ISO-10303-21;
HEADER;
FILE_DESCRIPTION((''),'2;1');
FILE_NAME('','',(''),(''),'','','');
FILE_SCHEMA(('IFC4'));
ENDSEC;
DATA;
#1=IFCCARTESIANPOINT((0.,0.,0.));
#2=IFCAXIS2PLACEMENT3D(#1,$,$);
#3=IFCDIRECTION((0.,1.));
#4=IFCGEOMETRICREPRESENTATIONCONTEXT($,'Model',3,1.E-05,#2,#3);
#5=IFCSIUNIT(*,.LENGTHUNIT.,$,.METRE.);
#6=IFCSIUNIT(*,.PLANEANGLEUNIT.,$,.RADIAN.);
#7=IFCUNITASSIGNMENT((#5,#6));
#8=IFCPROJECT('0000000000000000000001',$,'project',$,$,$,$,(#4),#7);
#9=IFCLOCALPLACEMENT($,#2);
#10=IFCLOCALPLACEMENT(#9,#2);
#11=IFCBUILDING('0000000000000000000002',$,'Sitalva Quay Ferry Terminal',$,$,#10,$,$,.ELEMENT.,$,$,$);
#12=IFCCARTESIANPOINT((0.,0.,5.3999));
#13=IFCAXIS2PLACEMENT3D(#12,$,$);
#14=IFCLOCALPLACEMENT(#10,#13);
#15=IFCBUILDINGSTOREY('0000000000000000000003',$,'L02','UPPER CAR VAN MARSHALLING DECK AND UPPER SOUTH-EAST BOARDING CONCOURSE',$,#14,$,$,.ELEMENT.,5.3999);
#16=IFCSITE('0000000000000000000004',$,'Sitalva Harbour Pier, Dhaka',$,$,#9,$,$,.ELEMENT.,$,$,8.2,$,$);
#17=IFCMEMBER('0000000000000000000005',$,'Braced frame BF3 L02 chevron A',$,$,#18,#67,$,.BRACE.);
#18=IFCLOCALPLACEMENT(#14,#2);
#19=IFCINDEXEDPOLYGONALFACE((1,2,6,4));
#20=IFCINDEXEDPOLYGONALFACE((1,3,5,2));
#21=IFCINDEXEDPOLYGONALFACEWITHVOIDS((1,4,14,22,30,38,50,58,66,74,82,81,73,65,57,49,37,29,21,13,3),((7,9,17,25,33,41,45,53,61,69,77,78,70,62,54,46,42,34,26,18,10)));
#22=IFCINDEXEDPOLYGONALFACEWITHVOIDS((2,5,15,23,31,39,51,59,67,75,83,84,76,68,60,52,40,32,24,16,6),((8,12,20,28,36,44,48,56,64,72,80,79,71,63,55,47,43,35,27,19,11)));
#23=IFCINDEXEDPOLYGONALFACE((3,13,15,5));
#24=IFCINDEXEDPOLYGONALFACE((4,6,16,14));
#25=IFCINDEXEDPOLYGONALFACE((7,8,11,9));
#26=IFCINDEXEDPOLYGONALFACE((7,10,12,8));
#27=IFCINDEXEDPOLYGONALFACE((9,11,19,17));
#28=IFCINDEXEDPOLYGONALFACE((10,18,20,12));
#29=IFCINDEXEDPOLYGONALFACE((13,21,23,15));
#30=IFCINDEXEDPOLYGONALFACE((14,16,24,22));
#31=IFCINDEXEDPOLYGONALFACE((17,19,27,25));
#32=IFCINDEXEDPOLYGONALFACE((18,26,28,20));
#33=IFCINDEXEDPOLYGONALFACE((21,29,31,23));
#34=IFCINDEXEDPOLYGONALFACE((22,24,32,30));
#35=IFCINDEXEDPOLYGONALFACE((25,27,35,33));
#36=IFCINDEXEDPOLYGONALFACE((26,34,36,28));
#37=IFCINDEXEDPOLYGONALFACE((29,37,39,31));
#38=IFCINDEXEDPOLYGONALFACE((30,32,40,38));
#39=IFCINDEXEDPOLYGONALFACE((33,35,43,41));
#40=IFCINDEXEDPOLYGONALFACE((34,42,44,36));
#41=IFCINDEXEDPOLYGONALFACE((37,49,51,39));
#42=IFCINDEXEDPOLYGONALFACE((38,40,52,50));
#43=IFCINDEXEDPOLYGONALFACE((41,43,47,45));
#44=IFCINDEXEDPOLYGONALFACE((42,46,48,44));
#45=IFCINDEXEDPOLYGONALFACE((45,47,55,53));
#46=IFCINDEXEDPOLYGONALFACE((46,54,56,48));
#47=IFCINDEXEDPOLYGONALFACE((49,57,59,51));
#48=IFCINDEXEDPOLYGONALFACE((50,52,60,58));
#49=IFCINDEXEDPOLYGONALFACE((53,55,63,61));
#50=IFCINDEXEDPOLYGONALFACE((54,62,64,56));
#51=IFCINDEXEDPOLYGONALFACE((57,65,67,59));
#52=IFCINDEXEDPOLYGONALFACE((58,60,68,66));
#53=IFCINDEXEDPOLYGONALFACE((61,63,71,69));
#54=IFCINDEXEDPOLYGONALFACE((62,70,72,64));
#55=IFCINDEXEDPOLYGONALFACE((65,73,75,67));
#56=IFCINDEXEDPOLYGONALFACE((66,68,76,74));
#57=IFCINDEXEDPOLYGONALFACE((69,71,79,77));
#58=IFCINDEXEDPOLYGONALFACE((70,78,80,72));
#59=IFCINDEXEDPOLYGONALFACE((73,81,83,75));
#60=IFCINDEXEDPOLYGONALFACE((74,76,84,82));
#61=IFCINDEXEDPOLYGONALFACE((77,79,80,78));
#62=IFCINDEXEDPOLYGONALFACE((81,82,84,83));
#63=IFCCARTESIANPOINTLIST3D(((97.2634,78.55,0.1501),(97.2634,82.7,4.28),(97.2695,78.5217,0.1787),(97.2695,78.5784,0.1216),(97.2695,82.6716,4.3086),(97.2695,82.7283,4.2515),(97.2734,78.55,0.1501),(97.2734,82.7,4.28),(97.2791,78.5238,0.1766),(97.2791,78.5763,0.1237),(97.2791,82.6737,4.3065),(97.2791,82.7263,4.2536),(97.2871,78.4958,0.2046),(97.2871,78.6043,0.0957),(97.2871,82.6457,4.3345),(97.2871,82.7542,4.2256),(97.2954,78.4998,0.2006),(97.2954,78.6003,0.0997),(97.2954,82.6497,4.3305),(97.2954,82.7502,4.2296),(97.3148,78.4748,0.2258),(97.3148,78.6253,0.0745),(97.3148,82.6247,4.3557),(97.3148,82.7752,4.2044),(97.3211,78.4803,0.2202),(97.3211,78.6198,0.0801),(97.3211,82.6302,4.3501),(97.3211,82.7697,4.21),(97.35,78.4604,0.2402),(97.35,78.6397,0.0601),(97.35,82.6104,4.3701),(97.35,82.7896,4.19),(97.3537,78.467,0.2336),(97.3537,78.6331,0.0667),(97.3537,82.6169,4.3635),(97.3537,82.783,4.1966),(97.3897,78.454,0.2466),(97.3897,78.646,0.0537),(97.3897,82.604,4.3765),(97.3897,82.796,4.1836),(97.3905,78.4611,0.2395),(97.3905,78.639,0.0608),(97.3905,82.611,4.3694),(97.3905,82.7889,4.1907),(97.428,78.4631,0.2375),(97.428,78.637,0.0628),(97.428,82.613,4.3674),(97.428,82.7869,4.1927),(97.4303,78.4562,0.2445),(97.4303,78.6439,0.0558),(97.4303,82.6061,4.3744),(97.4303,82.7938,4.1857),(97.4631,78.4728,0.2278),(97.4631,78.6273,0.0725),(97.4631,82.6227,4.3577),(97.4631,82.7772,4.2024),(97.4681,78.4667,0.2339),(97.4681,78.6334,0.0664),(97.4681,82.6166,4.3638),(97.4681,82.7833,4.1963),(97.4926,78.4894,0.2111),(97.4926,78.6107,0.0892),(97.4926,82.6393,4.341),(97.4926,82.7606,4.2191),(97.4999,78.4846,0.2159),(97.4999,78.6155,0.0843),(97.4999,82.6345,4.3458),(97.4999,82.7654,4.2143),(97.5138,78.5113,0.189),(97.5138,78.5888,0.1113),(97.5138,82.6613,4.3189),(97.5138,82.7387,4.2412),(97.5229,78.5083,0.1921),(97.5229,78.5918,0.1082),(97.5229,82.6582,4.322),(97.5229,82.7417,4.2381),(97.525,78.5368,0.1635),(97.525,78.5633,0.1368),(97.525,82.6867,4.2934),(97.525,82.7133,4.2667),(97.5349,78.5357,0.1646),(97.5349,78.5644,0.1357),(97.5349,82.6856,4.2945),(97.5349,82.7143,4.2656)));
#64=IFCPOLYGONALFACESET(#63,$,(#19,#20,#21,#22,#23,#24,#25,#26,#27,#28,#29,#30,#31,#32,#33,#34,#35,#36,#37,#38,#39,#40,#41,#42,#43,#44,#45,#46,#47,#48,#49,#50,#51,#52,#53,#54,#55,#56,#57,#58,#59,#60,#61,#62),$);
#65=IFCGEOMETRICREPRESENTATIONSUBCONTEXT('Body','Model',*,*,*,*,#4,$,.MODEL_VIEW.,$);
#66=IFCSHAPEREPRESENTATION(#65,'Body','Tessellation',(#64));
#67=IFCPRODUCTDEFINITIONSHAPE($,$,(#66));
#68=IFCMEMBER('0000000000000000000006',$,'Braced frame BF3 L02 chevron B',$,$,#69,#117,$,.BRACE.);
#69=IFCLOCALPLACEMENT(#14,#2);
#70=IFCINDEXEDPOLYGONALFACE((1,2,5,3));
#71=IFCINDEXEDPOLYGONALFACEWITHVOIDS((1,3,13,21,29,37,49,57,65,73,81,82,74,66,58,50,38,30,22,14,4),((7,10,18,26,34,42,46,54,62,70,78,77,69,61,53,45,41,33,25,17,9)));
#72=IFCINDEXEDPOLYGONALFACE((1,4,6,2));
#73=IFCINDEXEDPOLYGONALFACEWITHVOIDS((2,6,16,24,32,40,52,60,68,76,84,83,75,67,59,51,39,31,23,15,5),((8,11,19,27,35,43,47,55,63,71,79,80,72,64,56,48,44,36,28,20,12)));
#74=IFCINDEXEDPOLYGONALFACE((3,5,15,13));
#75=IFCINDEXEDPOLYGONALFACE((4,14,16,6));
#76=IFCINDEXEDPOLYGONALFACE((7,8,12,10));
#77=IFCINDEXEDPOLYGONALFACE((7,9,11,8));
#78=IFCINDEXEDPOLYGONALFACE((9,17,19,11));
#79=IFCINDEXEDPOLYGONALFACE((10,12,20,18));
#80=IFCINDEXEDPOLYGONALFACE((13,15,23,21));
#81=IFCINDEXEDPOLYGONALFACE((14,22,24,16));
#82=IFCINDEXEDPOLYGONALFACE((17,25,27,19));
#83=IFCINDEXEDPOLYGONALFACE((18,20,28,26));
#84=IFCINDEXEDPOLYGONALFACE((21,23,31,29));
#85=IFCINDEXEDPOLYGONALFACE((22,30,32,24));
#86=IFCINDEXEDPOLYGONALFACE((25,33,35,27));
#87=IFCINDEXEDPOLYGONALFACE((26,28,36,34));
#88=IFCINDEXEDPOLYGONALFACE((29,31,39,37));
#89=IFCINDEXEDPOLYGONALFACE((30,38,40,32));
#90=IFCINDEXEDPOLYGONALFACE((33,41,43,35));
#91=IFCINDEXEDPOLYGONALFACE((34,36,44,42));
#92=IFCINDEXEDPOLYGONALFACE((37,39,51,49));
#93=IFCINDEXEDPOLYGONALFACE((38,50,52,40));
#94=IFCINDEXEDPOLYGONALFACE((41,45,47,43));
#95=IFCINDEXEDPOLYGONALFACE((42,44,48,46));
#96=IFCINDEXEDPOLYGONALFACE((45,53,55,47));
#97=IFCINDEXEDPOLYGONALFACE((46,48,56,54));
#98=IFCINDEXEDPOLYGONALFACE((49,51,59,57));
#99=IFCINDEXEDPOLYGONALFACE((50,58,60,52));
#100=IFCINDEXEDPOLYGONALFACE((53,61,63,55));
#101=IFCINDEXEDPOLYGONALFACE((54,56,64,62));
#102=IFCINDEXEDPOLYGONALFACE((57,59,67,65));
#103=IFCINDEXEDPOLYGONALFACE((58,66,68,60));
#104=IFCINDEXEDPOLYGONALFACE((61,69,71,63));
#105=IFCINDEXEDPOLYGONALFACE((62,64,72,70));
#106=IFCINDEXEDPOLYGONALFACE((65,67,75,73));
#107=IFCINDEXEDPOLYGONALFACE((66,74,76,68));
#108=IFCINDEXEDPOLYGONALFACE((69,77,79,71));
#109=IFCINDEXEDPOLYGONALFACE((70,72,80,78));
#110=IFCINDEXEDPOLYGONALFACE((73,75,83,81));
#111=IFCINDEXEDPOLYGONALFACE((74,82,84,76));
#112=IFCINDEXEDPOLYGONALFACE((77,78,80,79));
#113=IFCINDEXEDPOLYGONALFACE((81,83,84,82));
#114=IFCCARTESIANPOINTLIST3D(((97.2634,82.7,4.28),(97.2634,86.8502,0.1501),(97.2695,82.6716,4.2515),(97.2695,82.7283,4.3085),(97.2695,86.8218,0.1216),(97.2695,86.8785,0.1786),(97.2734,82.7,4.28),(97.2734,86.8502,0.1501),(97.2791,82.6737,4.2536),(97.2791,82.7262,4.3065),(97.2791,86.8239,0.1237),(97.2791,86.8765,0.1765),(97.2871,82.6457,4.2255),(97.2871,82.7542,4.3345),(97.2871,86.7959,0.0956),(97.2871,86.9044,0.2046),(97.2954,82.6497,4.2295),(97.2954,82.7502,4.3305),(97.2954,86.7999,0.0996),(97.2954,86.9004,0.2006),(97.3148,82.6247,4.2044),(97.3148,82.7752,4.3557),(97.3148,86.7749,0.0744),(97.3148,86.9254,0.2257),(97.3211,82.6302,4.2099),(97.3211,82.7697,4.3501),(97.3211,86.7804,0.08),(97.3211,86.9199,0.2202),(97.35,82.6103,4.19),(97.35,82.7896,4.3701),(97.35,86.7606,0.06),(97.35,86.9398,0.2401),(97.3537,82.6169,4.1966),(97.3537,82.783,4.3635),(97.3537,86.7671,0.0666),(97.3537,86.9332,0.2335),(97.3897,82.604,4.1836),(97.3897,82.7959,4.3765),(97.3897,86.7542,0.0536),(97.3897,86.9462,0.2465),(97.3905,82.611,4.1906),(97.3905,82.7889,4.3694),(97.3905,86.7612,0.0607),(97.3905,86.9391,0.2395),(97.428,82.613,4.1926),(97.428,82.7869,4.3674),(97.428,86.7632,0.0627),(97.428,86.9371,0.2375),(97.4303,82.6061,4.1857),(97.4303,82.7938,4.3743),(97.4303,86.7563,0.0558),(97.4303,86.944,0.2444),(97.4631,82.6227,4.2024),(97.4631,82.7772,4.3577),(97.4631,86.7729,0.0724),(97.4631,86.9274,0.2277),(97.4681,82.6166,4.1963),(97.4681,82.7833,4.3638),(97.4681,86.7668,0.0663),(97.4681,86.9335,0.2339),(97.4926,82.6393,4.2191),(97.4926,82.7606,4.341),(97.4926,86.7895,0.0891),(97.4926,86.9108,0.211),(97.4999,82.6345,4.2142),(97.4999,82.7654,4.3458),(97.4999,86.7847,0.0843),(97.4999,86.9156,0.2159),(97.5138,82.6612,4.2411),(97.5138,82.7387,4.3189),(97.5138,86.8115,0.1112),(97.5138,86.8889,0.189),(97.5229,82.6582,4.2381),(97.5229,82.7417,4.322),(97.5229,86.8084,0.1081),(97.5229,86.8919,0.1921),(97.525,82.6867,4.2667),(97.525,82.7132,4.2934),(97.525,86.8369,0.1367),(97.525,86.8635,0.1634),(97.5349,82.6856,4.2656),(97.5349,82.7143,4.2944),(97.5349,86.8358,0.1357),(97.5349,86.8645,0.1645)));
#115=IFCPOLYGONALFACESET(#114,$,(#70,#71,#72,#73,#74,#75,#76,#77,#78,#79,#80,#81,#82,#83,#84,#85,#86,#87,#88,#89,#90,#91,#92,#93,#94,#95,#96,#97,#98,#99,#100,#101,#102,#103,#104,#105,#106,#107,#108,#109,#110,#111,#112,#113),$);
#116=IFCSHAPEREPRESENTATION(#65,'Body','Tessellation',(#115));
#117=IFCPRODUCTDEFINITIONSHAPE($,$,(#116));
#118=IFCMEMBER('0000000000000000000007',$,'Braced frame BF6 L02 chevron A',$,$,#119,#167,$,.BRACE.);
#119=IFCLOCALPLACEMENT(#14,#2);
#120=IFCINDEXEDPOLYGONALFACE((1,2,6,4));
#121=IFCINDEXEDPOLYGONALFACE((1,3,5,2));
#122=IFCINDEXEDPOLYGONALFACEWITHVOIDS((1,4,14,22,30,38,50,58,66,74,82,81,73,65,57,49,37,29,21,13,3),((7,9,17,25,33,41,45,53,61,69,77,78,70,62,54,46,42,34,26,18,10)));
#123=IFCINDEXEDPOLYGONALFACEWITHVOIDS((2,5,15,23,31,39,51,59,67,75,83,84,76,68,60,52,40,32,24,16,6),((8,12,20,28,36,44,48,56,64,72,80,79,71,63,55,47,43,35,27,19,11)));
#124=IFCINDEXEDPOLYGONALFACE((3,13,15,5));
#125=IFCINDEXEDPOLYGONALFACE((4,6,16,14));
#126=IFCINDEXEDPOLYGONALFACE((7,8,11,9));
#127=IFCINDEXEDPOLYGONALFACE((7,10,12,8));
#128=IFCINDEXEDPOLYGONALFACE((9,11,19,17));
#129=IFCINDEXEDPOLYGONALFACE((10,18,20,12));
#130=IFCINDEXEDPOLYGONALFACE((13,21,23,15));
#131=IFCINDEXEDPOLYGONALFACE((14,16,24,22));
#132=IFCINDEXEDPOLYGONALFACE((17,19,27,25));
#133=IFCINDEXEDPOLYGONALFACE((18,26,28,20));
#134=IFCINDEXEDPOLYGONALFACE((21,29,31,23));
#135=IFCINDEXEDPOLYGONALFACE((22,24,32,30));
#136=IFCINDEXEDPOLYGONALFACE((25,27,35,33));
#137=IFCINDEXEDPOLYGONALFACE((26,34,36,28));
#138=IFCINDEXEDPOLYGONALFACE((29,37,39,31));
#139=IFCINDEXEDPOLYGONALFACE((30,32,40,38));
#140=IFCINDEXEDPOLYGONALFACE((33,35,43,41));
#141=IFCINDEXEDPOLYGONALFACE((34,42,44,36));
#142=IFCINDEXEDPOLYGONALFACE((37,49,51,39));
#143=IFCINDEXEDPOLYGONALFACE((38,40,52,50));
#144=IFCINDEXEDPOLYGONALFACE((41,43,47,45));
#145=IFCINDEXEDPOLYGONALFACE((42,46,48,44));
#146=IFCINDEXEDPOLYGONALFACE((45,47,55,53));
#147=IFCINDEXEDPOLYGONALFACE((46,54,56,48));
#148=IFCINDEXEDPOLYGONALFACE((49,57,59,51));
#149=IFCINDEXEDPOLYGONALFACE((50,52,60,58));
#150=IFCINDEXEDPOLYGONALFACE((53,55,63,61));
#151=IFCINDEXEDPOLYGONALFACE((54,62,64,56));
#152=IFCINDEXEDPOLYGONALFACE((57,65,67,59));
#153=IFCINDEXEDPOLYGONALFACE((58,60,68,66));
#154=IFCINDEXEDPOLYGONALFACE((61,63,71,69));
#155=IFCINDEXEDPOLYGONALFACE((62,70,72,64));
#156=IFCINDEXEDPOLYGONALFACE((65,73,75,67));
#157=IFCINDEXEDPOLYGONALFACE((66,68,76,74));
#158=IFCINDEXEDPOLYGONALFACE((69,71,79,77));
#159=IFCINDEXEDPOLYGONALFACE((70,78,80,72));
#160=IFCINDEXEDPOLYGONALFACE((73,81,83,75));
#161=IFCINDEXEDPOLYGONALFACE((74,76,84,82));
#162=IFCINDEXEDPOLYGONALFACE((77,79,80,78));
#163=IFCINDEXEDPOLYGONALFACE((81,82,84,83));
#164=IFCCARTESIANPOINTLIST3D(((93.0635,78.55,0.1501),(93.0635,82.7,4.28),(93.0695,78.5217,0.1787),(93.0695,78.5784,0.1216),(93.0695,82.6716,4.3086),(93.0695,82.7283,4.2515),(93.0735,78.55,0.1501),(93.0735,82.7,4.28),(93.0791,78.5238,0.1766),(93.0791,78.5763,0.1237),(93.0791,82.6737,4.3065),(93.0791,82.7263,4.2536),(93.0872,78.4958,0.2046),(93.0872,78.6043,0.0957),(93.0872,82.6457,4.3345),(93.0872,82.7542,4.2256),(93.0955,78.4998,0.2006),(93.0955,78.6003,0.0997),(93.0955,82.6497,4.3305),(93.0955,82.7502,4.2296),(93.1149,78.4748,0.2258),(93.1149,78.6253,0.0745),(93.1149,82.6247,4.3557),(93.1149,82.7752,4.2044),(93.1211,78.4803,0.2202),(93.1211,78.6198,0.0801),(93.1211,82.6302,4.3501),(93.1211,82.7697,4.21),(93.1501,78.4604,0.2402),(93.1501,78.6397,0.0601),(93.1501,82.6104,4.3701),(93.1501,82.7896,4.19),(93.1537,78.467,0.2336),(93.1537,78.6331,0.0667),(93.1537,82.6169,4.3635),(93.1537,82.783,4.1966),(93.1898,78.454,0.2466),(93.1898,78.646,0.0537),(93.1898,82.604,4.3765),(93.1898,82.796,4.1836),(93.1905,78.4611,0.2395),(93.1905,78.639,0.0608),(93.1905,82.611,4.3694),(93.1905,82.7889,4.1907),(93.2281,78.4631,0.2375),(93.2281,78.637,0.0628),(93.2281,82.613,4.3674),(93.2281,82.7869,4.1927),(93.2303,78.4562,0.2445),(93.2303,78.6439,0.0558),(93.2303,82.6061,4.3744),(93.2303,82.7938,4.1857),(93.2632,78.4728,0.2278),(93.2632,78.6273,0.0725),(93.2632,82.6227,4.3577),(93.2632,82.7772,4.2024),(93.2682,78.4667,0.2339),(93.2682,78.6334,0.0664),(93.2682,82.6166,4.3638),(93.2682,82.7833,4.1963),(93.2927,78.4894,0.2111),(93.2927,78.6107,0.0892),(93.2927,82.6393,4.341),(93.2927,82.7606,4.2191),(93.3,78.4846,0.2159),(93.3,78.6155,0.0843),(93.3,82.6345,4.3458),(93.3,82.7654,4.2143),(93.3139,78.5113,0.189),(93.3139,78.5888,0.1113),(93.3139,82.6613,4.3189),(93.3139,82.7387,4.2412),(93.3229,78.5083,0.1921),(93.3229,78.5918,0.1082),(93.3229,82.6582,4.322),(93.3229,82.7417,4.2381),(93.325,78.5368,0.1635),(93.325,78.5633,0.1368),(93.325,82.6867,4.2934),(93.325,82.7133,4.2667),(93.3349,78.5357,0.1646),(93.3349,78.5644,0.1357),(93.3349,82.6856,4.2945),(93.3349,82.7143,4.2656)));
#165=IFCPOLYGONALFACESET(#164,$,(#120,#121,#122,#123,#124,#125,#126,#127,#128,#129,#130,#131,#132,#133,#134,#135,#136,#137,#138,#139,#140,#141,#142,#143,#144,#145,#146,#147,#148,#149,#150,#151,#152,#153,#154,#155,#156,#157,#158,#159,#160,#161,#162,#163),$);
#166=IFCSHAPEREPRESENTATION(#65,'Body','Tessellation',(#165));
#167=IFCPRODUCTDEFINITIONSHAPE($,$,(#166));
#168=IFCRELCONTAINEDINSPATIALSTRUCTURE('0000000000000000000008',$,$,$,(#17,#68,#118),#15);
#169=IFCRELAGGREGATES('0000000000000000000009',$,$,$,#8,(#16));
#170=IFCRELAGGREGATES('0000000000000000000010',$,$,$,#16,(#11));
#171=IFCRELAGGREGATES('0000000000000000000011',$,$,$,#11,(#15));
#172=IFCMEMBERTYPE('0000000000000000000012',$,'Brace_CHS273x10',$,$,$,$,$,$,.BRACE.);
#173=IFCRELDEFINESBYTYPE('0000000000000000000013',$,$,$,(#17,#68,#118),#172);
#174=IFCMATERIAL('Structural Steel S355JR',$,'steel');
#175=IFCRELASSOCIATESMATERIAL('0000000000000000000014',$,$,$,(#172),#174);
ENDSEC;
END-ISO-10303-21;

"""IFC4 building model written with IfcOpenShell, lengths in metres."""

from ifc_helpers import new_model, si_unit, direction, frame, origin, origin_2d, place, context, subcontext, project, spatial, hollow_circle, extrude, material, material_profile, profile_set, type_object, element, save


model = new_model("IFC4")

# Units and contexts
model_context = context("Model", 3, precision=1e-05, world=origin(), true_north=direction((0.0, 1.0)))
body_context = subcontext(model_context, "Body", "Model", "MODEL_VIEW")
ifc_project = project(units=[si_unit("LENGTHUNIT", "METRE"), si_unit("PLANEANGLEUNIT", "RADIAN")], contexts=[model_context])

# Site, building, storey
site_placement = place(None, origin())
site = spatial("IfcSite", under=ifc_project, at=site_placement, Name="Sitalva Harbour Pier, Dhaka", CompositionType="ELEMENT", RefElevation=8.2)
building_placement = place(site_placement, origin())
building = spatial("IfcBuilding", under=site, at=building_placement, Name="Sitalva Quay Ferry Terminal", CompositionType="ELEMENT")
storey_placement = place(building_placement, frame((0.0, 0.0, 5.3999)))
storey = spatial("IfcBuildingStorey", under=building, at=storey_placement, Name="L02", Description="UPPER CAR VAN MARSHALLING DECK AND UPPER SOUTH-EAST BOARDING CONCOURSE", CompositionType="ELEMENT", Elevation=5.3999)

# Members
ifc_material_1 = material(Name="Structural Steel S355JR", Category="steel")
ifc_material_profile_1 = material_profile(ifc_material_1, hollow_circle(Radius=0.1365, WallThickness=0.01, at=origin_2d()), Name="CHS273x10")
ifc_profile_set_1 = profile_set([ifc_material_profile_1], Name="Structural Steel S355JR")
member_type = type_object("IfcMemberType", Name="Brace_CHS273x10", PredefinedType="BRACE", material=ifc_profile_set_1)
member_1_placement = place(storey_placement, frame((97.3999, 78.55, 0.1501), z_axis=(0.0, 0.708814, 0.705395), x_axis=(-1.0, 0.0, 0.0)))
element("IfcMember", 1, at=member_1_placement, inside=storey, type_object=member_type, Name="Braced frame BF3 L02 chevron A", PredefinedType="BRACE", context=body_context, shape_type="SweptSolid", body=[
    extrude(hollow_circle(Radius=0.1365, WallThickness=0.01, at=origin_2d()), origin(), (0.0, 0.0, 1.0), 5.8547),
])
member_2_placement = place(storey_placement, frame((97.3999, 82.7, 4.28), z_axis=(0.0, 0.708835, -0.705374), x_axis=(-1.0, 0.0, 0.0)))
element("IfcMember", 2, at=member_2_placement, inside=storey, type_object=member_type, Name="Braced frame BF3 L02 chevron B", PredefinedType="BRACE", context=body_context, shape_type="SweptSolid", body=[
    extrude(hollow_circle(Radius=0.1365, WallThickness=0.01, at=origin_2d()), origin(), (0.0, 0.0, 1.0), 5.855),
])
member_3_placement = place(storey_placement, frame((93.2, 78.55, 0.1501), z_axis=(0.0, 0.708814, 0.705395), x_axis=(-1.0, 0.0, 0.0)))
element("IfcMember", 3, at=member_3_placement, inside=storey, type_object=member_type, Name="Braced frame BF6 L02 chevron A", PredefinedType="BRACE", context=body_context, shape_type="SweptSolid", body=[
    extrude(hollow_circle(Radius=0.1365, WallThickness=0.01, at=origin_2d()), origin(), (0.0, 0.0, 1.0), 5.8547),
])

save(model, "model.ifc")
